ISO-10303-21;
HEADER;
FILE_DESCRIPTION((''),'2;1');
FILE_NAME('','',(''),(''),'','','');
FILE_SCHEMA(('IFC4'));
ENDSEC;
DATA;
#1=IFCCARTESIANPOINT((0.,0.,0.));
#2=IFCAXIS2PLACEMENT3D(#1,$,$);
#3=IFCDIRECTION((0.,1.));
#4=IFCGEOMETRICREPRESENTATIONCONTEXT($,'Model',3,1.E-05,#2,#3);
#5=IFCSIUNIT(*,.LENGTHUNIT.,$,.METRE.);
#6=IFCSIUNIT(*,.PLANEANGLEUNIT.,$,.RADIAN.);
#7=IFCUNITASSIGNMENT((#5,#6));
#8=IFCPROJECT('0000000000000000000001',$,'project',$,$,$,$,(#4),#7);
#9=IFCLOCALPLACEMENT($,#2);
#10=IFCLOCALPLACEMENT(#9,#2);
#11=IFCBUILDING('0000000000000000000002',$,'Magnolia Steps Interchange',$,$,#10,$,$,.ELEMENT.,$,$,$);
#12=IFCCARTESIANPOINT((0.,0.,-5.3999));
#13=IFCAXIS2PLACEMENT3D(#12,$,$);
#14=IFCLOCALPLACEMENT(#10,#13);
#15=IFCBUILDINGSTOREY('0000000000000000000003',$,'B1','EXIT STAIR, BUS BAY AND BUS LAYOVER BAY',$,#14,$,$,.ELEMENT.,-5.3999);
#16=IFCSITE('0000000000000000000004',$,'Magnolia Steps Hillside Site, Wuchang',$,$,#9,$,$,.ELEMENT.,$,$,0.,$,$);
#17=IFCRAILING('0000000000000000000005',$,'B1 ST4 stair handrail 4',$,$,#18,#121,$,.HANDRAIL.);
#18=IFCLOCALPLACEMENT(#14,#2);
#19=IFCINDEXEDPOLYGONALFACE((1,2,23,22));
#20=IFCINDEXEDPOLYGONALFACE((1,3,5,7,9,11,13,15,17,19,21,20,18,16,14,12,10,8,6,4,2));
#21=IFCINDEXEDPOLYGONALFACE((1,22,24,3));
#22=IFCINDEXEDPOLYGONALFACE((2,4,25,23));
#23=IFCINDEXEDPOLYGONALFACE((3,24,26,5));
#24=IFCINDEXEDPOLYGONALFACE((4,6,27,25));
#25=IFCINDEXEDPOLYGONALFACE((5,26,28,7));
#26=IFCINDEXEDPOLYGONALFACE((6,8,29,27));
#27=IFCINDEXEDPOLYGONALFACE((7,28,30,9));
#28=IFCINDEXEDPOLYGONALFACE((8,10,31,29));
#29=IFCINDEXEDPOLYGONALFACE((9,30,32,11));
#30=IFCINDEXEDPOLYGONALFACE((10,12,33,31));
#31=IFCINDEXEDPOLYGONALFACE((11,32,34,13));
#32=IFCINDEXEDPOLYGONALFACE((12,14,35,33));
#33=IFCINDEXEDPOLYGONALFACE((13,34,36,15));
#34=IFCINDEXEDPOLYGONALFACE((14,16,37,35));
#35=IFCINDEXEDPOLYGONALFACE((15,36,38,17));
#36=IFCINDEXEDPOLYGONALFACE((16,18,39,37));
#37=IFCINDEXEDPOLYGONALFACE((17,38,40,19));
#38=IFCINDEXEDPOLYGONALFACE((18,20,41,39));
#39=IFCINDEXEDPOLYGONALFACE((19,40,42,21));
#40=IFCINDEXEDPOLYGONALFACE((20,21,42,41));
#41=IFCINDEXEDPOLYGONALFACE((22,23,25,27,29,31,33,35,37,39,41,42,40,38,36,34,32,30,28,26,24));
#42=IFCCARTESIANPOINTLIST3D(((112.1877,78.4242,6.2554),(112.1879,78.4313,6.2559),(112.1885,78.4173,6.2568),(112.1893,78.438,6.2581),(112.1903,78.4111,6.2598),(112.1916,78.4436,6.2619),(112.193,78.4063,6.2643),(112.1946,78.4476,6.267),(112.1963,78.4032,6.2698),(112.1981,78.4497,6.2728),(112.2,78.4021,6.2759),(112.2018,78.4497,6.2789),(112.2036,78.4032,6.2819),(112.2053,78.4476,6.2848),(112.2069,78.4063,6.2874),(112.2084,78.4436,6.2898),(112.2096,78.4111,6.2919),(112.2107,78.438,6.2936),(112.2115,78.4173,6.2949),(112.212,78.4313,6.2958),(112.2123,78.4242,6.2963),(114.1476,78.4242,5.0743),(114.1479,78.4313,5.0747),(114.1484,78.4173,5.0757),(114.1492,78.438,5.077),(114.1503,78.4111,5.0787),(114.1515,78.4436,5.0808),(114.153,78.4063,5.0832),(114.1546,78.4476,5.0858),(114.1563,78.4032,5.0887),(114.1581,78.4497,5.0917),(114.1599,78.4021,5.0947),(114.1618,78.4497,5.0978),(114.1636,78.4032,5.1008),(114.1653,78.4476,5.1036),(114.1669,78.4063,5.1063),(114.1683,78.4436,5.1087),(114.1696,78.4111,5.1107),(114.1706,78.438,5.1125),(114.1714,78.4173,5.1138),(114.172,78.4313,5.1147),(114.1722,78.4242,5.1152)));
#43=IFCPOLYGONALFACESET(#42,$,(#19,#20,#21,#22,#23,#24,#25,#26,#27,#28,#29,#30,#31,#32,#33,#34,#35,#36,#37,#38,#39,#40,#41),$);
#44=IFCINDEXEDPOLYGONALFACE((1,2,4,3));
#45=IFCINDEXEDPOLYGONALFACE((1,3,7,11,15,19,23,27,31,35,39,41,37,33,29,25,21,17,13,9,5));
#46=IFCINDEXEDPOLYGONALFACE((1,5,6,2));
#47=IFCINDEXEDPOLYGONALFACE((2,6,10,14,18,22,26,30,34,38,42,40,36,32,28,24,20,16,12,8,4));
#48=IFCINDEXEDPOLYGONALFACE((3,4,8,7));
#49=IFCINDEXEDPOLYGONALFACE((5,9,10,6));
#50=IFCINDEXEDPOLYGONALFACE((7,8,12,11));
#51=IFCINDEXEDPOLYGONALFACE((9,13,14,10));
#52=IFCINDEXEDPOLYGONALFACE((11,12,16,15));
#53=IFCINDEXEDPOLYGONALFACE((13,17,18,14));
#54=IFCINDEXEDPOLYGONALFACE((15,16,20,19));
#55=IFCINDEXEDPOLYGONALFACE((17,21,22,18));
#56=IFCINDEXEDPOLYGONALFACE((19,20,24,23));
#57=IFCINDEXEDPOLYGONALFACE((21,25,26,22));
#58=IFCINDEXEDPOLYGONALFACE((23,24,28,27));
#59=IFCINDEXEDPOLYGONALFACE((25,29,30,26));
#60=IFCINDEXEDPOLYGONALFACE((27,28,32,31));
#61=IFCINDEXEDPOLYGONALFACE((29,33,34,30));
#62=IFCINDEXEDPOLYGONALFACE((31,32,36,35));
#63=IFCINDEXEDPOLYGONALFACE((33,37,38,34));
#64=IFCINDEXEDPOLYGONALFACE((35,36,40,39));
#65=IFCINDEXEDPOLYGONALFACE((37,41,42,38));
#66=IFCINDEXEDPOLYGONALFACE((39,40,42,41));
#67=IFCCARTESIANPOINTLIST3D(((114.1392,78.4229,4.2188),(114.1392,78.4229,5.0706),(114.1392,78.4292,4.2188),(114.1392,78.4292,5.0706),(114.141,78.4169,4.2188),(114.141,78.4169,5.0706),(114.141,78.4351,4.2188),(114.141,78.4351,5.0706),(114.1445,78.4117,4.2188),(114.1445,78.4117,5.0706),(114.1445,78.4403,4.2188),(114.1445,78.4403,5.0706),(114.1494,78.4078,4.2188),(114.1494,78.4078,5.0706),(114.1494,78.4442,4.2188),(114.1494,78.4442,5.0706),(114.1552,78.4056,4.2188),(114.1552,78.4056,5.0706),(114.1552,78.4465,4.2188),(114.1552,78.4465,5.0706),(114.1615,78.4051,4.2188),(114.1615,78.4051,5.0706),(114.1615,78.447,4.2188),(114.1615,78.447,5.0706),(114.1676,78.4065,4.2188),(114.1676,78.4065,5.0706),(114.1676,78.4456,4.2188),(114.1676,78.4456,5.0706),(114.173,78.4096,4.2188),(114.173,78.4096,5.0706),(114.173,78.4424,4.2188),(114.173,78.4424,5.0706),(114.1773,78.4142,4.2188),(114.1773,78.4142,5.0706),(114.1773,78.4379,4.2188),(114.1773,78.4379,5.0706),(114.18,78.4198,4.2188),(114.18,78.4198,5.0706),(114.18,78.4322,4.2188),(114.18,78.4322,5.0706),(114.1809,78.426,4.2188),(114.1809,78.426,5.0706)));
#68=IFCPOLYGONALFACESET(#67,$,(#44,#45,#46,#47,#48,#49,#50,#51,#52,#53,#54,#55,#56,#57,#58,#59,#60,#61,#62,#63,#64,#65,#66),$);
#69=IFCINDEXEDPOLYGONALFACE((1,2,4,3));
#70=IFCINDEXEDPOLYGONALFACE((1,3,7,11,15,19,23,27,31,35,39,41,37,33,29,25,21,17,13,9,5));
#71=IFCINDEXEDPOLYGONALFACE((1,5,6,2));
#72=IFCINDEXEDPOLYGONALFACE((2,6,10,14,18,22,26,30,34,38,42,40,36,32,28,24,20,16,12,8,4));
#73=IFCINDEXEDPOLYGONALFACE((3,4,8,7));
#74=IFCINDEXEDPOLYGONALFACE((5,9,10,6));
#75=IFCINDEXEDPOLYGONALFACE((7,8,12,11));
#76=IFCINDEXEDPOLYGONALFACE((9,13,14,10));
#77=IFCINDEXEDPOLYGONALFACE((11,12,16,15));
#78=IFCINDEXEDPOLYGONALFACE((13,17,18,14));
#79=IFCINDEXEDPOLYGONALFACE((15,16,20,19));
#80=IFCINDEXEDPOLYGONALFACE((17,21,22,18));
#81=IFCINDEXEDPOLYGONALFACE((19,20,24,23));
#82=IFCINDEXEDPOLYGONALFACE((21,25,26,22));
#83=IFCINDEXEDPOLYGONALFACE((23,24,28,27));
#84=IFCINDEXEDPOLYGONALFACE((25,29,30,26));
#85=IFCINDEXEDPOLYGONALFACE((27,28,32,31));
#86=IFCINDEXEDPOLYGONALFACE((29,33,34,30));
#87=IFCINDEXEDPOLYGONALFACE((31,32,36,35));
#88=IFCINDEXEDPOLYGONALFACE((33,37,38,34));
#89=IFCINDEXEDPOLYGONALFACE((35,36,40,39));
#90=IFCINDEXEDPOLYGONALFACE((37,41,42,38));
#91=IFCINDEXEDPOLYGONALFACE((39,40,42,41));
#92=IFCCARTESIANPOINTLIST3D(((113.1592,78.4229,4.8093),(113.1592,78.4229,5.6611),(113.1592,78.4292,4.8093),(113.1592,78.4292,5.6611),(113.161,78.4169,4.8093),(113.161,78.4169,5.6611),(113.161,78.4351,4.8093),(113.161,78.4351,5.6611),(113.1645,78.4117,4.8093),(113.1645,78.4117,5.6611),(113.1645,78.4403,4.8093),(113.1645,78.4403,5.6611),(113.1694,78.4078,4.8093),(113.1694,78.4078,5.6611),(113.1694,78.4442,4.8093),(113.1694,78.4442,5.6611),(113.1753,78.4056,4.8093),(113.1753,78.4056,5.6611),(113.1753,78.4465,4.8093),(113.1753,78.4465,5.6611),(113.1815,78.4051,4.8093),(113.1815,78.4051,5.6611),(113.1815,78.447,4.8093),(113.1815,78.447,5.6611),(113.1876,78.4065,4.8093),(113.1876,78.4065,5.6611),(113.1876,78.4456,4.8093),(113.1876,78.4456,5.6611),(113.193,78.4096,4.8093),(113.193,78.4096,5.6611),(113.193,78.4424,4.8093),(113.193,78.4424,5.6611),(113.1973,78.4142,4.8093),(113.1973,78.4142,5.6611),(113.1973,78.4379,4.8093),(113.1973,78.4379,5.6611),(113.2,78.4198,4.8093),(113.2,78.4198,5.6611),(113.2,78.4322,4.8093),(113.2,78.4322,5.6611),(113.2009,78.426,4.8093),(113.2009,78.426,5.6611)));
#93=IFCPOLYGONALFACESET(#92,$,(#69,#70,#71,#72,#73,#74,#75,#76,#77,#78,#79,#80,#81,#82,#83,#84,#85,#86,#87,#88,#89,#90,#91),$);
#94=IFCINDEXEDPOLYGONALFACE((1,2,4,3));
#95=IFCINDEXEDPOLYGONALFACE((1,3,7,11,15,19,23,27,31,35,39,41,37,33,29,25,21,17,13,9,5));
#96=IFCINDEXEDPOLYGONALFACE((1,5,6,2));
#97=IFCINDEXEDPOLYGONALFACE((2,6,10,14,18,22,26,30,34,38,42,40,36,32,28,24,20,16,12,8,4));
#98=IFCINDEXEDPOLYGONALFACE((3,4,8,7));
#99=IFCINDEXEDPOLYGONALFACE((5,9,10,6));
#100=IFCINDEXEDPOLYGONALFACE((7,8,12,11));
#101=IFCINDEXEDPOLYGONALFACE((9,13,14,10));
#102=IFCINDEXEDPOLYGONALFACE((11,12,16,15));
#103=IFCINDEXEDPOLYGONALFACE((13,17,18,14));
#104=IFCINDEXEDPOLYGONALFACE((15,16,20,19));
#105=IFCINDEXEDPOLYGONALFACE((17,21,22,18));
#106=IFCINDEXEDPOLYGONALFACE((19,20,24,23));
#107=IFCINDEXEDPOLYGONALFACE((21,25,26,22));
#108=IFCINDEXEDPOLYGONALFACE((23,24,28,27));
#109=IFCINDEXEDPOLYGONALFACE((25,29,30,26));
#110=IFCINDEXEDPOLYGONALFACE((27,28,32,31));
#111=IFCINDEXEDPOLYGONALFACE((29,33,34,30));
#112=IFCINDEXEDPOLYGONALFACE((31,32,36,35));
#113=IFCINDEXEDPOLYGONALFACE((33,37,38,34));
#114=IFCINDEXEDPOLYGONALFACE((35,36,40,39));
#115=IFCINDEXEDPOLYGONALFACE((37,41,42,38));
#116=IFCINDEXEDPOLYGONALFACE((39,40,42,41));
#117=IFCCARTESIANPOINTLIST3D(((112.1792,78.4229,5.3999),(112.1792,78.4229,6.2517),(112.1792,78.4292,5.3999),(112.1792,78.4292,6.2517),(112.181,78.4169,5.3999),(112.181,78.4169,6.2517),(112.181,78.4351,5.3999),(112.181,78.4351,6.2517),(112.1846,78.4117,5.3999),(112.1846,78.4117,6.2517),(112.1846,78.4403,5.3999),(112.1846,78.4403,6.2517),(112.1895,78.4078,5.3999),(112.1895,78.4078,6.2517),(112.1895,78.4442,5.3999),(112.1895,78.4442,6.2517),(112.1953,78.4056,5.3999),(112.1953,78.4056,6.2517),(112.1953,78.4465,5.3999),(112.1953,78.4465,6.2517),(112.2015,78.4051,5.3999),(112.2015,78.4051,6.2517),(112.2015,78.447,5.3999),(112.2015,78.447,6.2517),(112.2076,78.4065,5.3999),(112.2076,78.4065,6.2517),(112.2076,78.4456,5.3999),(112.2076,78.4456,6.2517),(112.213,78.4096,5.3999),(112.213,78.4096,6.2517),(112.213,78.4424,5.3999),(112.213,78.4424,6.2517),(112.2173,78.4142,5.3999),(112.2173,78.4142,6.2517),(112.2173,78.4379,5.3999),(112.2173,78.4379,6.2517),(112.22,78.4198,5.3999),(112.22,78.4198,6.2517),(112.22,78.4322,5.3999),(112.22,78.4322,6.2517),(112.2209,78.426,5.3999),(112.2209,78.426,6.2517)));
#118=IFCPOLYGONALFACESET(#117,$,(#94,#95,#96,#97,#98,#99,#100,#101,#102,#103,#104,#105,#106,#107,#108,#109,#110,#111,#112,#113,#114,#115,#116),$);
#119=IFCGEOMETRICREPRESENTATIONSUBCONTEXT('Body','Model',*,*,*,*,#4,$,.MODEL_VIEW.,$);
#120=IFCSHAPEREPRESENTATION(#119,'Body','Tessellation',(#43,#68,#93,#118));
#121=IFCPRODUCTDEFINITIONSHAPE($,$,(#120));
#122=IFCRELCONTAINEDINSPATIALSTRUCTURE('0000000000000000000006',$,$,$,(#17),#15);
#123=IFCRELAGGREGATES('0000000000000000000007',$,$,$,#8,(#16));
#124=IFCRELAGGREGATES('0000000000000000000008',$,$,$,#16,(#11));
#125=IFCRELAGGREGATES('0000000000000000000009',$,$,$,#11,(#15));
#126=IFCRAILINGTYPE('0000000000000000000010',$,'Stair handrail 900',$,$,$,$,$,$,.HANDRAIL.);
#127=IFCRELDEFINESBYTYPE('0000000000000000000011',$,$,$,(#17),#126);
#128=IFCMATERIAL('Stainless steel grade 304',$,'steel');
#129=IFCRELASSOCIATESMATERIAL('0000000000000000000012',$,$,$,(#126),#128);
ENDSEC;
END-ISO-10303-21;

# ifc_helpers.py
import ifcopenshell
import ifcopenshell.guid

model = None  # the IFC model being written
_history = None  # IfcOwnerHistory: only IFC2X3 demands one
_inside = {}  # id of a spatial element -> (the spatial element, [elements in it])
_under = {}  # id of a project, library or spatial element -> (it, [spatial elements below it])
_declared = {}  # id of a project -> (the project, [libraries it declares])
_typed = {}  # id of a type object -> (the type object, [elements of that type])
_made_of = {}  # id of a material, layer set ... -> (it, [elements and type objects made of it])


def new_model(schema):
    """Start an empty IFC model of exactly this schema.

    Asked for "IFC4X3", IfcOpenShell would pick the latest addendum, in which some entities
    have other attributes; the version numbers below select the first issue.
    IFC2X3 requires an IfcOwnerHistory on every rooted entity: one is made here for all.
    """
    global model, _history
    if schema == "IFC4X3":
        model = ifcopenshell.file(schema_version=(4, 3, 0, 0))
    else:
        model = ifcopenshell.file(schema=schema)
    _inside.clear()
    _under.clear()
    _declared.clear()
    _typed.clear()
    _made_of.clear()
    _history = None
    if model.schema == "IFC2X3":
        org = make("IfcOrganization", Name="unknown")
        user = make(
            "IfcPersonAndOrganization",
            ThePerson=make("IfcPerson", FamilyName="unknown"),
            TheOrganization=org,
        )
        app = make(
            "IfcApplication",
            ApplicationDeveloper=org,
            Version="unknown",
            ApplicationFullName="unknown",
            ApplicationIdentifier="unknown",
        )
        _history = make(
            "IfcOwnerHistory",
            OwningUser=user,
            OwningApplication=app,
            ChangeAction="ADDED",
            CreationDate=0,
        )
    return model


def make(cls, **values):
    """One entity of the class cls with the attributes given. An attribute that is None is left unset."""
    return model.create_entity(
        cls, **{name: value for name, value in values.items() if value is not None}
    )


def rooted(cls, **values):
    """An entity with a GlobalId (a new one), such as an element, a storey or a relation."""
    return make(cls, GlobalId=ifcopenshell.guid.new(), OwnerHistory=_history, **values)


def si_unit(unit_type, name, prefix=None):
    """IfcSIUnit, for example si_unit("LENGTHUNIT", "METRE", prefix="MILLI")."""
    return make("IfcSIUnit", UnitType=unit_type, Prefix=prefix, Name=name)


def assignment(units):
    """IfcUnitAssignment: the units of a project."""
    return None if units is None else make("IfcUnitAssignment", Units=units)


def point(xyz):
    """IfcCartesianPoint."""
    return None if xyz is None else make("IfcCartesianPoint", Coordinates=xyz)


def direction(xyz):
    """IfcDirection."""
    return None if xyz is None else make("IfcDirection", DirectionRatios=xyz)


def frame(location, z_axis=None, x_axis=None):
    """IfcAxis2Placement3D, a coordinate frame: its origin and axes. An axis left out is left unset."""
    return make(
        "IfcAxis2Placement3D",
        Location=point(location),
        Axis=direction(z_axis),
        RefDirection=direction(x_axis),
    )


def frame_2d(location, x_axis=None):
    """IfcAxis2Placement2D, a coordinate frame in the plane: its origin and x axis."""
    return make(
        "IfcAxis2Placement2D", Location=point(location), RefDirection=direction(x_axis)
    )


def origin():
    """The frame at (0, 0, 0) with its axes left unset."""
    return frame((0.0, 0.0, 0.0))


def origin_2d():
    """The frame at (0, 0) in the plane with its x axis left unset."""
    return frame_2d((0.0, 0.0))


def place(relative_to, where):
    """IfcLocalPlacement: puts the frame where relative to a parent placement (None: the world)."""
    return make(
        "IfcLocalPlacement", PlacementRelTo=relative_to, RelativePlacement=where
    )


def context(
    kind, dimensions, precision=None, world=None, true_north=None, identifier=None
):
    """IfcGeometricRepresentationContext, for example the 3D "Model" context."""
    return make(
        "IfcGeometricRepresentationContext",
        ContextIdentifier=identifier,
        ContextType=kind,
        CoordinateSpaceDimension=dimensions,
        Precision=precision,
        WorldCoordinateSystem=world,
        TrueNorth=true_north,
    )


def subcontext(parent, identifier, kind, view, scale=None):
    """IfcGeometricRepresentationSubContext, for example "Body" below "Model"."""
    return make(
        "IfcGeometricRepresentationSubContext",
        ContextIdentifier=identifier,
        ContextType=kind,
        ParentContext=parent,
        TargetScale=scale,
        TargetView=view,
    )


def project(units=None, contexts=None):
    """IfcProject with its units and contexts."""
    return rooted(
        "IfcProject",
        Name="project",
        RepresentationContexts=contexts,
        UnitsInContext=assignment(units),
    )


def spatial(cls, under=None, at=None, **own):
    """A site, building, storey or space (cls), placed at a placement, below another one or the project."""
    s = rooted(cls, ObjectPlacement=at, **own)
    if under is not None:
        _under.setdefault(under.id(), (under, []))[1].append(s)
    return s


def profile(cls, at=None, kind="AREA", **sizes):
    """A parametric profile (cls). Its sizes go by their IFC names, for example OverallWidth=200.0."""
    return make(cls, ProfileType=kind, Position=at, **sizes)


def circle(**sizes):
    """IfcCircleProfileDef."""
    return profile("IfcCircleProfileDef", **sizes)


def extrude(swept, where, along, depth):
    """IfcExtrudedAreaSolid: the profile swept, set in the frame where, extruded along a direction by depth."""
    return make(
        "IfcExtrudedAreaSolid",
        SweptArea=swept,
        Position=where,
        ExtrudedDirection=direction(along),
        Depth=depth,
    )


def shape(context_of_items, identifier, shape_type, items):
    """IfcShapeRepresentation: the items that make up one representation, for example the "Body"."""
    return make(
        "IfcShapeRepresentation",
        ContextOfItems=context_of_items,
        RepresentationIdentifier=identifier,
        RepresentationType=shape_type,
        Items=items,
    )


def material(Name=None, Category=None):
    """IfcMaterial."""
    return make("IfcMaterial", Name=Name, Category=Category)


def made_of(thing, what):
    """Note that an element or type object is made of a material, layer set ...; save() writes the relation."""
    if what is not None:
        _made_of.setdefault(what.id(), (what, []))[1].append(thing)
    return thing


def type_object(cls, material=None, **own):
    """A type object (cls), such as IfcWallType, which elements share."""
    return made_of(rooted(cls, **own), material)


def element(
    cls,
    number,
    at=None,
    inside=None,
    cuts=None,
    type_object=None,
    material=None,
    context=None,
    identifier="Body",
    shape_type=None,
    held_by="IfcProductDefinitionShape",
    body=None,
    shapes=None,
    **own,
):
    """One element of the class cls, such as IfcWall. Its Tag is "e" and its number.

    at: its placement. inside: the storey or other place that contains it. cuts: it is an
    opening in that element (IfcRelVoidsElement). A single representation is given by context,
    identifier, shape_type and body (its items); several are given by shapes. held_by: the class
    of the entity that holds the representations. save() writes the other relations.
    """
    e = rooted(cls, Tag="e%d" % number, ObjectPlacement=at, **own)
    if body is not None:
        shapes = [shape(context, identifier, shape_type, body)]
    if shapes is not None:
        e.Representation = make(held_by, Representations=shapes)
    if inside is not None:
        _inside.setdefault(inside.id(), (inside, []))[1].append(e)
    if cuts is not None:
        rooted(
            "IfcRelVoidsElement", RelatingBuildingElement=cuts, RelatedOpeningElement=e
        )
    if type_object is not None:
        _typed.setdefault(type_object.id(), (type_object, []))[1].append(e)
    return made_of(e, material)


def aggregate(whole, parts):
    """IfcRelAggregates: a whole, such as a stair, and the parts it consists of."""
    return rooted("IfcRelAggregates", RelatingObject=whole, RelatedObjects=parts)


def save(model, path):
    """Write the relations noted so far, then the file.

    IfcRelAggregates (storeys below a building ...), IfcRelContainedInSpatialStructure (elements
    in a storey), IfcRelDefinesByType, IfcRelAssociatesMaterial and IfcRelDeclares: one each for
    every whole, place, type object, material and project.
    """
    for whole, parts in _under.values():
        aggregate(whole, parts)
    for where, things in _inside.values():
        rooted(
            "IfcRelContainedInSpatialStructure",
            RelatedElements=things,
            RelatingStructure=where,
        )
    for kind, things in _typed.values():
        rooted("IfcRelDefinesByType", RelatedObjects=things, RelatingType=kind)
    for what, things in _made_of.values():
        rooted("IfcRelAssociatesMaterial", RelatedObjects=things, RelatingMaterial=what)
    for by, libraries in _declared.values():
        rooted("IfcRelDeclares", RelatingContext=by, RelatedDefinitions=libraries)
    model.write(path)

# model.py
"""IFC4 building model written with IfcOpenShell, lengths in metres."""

from ifc_helpers import new_model, si_unit, direction, frame, origin, origin_2d, place, context, subcontext, project, spatial, circle, extrude, material, type_object, element, save


model = new_model("IFC4")

# Units and contexts
model_context = context("Model", 3, precision=1e-05, world=origin(), true_north=direction((0.0, 1.0)))
body_context = subcontext(model_context, "Body", "Model", "MODEL_VIEW")
ifc_project = project(units=[si_unit("LENGTHUNIT", "METRE"), si_unit("PLANEANGLEUNIT", "RADIAN")], contexts=[model_context])

# Site, building, storey
site_placement = place(None, origin())
site = spatial("IfcSite", under=ifc_project, at=site_placement, Name="Magnolia Steps Hillside Site, Wuchang", CompositionType="ELEMENT", RefElevation=0.0)
building_placement = place(site_placement, origin())
building = spatial("IfcBuilding", under=site, at=building_placement, Name="Magnolia Steps Interchange", CompositionType="ELEMENT")
storey_placement = place(building_placement, frame((0.0, 0.0, -5.3999)))
storey = spatial("IfcBuildingStorey", under=building, at=storey_placement, Name="B1", Description="EXIT STAIR, BUS BAY AND BUS LAYOVER BAY", CompositionType="ELEMENT", Elevation=-5.3999)

# Railing
ifc_material_1 = material(Name="Stainless steel grade 304", Category="steel")
railing_type_1 = type_object("IfcRailingType", Name="Stair handrail 900", PredefinedType="HANDRAIL", material=ifc_material_1)
railing_1_placement = place(storey_placement, frame((114.1599, 78.426, 4.2188)))
element("IfcRailing", 1, at=railing_1_placement, inside=storey, type_object=railing_type_1, Name="B1 ST4 stair handrail 4", PredefinedType="HANDRAIL", context=body_context, shape_type="SweptSolid", body=[
    extrude(circle(Radius=0.0239, at=origin_2d()), frame((0.0, 0.0, 0.876), z_axis=(-0.856493, 0.0, 0.516158), x_axis=(0.0, -1.0, 0.0)), (0.0, 0.0, 1.0), 2.2883),
    extrude(circle(Radius=0.021, at=origin_2d()), origin(), (0.0, 0.0, 1.0), 0.8518),
    extrude(circle(Radius=0.021, at=origin_2d()), frame((-0.98, 0.0, 0.5906)), (0.0, 0.0, 1.0), 0.8518),
    extrude(circle(Radius=0.021, at=origin_2d()), frame((-1.96, 0.0, 1.1812)), (0.0, 0.0, 1.0), 0.8518),
])

save(model, "model.ifc")
